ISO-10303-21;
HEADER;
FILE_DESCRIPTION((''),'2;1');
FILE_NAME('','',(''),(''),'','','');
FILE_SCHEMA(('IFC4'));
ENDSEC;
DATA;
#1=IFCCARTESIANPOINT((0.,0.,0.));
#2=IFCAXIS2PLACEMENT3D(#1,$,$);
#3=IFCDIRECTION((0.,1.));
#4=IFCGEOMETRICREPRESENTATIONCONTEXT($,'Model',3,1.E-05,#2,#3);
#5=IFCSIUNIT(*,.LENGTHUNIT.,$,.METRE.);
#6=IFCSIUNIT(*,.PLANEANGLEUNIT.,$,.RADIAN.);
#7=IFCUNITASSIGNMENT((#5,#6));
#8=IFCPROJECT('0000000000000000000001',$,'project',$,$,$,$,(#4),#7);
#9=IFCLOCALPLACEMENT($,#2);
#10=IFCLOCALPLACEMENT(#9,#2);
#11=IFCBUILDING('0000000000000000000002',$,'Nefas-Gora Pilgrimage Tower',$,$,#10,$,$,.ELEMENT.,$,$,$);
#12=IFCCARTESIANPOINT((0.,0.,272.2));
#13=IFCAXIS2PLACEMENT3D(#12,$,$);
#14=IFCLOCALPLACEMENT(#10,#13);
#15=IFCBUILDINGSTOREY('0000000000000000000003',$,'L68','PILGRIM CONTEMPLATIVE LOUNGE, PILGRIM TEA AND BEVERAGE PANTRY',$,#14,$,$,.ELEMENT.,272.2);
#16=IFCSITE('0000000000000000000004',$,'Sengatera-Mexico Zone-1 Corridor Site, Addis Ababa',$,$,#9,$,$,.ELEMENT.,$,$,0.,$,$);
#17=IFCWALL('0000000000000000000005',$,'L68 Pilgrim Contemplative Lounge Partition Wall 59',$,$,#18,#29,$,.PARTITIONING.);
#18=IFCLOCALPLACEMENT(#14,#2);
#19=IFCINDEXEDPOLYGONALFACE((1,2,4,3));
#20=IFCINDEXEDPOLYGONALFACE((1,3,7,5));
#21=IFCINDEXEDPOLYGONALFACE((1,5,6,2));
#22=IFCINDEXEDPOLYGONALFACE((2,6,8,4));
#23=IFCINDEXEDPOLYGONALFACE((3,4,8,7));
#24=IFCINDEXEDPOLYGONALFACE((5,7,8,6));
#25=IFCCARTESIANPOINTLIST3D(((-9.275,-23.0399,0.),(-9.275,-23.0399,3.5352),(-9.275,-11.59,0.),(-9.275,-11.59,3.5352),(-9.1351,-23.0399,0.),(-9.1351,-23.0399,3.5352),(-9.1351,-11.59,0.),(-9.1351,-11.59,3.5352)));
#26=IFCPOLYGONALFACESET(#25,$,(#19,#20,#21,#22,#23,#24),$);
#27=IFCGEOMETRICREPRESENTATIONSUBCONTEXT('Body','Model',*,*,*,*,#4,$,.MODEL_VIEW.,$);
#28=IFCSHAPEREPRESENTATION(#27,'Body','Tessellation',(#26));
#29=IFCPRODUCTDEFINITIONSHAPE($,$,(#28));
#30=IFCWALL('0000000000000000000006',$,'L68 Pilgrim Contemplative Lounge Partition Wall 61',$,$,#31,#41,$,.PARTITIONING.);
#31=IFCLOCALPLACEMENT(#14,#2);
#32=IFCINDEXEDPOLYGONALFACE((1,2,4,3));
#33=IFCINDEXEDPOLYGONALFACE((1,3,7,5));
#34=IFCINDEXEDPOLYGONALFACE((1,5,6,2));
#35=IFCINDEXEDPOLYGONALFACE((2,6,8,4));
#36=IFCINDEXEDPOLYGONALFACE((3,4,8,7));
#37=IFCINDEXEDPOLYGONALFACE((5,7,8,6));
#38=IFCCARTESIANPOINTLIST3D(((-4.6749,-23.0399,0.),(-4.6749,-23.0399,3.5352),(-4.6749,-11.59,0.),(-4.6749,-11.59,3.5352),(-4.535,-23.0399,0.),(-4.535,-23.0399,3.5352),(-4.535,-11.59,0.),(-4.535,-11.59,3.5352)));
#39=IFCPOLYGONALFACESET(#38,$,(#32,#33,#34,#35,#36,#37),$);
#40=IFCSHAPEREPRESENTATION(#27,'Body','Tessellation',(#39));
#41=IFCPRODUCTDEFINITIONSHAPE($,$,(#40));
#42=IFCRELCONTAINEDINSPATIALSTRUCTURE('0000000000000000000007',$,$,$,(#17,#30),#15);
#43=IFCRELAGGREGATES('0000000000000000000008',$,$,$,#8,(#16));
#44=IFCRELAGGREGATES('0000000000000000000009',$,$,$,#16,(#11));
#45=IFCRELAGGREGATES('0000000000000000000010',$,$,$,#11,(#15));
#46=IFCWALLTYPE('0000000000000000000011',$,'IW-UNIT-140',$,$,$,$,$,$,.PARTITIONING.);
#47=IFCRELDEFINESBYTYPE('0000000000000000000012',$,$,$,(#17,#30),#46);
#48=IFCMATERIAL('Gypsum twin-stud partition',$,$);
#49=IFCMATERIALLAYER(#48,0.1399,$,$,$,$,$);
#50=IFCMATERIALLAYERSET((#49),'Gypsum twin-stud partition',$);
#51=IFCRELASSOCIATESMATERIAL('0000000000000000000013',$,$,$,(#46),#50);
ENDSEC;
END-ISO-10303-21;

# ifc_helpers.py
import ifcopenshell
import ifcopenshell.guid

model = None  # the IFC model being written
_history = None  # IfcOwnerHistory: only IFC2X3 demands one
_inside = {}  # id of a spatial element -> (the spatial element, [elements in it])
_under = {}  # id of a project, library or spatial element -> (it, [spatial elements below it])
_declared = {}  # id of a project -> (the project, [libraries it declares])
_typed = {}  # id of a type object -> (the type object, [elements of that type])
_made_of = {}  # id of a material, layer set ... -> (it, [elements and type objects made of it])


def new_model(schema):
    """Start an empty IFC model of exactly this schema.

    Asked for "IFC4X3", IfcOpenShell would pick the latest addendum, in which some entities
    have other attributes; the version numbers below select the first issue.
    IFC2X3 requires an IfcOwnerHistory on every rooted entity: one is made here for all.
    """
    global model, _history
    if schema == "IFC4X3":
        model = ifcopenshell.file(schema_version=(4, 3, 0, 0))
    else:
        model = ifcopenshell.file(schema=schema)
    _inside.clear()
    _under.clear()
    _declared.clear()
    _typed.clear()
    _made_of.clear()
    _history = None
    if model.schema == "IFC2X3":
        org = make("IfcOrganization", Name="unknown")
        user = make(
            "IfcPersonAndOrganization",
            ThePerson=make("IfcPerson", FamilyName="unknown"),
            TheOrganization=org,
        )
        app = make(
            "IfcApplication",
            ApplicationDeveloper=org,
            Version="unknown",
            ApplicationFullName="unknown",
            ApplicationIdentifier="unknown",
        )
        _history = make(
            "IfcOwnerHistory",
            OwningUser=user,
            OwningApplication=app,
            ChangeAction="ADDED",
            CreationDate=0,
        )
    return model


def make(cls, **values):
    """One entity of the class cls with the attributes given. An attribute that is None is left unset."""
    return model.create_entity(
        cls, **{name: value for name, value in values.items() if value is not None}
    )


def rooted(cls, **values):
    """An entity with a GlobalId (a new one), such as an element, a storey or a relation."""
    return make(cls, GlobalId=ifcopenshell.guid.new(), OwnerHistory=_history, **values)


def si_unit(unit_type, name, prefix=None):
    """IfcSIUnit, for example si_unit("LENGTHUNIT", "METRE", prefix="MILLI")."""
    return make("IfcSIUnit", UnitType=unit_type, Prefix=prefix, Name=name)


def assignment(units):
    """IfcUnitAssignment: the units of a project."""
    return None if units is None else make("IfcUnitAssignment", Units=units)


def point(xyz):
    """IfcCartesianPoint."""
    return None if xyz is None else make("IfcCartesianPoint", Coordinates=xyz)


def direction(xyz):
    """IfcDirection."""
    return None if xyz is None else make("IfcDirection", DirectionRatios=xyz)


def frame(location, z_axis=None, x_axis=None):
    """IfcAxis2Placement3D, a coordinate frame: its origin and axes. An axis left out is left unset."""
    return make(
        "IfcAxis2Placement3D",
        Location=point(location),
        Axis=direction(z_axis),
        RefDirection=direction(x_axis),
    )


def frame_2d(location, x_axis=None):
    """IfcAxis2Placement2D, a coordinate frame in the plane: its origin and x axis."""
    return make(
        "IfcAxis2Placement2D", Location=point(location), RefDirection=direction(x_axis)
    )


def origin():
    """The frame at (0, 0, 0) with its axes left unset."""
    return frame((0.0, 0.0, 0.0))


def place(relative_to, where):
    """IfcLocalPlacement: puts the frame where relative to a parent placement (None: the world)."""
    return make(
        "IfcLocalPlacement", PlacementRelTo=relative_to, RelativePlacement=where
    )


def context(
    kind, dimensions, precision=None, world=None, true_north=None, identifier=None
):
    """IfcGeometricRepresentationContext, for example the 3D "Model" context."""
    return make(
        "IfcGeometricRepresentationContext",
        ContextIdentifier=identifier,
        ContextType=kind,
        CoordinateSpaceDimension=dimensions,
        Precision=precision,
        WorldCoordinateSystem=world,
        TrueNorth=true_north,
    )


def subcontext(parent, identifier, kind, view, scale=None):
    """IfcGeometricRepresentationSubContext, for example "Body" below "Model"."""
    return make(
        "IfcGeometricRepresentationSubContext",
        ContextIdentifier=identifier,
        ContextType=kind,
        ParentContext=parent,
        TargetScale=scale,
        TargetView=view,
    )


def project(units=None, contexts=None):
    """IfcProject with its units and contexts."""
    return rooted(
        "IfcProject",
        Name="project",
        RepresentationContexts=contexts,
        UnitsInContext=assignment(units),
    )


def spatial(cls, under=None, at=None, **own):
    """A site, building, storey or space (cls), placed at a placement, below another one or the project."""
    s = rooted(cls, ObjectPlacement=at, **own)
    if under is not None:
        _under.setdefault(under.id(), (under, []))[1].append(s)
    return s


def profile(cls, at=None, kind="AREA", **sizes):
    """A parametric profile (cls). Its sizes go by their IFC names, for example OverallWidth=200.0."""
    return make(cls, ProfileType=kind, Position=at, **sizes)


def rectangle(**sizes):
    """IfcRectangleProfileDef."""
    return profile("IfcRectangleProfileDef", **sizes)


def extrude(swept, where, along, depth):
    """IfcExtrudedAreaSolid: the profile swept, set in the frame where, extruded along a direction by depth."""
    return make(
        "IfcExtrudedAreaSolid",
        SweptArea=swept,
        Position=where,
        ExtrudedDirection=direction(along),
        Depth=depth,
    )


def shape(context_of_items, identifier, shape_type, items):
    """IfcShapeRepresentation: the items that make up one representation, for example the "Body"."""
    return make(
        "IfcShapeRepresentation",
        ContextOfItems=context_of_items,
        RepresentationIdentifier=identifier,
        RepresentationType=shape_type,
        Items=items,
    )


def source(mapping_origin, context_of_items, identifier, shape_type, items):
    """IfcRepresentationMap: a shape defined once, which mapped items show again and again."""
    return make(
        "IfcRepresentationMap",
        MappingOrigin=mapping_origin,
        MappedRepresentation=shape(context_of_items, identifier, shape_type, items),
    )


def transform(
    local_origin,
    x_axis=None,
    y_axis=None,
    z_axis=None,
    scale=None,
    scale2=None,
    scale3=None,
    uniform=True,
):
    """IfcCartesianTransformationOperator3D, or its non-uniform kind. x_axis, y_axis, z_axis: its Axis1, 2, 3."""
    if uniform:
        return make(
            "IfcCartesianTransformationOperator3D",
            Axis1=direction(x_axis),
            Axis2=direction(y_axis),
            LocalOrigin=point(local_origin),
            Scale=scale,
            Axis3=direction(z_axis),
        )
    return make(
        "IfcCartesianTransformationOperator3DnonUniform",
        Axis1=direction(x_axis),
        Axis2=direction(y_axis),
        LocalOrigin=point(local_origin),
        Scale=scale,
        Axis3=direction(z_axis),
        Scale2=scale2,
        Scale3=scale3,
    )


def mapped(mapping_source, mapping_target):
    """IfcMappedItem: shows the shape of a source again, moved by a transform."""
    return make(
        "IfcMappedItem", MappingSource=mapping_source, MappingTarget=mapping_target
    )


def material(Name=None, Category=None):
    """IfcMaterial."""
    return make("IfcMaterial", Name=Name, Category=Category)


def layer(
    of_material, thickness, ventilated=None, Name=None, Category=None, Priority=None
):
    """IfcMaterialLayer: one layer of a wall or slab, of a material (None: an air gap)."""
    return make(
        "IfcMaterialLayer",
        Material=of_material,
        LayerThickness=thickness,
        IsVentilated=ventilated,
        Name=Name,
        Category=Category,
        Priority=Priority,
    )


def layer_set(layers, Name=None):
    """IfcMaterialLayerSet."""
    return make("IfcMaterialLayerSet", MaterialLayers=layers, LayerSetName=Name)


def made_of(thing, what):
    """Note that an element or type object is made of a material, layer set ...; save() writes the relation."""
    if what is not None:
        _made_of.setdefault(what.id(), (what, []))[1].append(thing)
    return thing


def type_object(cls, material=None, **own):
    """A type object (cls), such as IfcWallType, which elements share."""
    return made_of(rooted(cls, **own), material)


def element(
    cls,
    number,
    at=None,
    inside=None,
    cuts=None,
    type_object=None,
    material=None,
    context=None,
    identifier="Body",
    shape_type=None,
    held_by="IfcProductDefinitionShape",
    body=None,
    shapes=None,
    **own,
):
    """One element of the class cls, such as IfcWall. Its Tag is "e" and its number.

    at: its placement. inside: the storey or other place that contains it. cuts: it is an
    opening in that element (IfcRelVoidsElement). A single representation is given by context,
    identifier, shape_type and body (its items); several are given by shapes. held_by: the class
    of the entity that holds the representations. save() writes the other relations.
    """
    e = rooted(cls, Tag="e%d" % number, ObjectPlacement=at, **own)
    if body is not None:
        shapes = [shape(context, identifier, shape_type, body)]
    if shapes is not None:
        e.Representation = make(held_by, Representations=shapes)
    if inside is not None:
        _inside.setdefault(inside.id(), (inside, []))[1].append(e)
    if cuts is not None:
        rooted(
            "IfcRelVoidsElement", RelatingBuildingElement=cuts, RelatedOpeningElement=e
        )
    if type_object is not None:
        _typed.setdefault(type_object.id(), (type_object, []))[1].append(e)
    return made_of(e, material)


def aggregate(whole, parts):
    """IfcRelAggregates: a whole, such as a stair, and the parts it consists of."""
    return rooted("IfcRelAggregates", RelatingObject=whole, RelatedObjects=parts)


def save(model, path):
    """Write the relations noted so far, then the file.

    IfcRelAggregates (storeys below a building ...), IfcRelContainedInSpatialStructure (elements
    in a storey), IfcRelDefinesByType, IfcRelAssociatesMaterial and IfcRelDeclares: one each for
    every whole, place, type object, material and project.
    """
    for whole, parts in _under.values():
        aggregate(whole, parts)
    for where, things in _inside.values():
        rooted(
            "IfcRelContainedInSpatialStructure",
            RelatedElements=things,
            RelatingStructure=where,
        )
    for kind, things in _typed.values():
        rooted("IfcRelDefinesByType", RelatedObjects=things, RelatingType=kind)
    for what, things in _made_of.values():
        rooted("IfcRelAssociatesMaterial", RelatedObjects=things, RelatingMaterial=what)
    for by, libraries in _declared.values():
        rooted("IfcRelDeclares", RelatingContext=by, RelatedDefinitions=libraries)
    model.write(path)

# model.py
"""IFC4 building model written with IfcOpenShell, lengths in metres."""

from ifc_helpers import new_model, si_unit, direction, frame, frame_2d, origin, place, context, subcontext, project, spatial, rectangle, extrude, source, transform, mapped, material, layer, layer_set, type_object, element, save


model = new_model("IFC4")

# Units and contexts
model_context = context("Model", 3, precision=1e-05, world=origin(), true_north=direction((0.0, 1.0)))
body_context = subcontext(model_context, "Body", "Model", "MODEL_VIEW")
ifc_project = project(units=[si_unit("LENGTHUNIT", "METRE"), si_unit("PLANEANGLEUNIT", "RADIAN")], contexts=[model_context])

# Site, building, storey
site_placement = place(None, origin())
site = spatial("IfcSite", under=ifc_project, at=site_placement, Name="Sengatera-Mexico Zone-1 Corridor Site, Addis Ababa", CompositionType="ELEMENT", RefElevation=0.0)
building_placement = place(site_placement, origin())
building = spatial("IfcBuilding", under=site, at=building_placement, Name="Nefas-Gora Pilgrimage Tower", CompositionType="ELEMENT")
storey_placement = place(building_placement, frame((0.0, 0.0, 272.2)))
storey = spatial("IfcBuildingStorey", under=building, at=storey_placement, Name="L68", Description="PILGRIM CONTEMPLATIVE LOUNGE, PILGRIM TEA AND BEVERAGE PANTRY", CompositionType="ELEMENT", Elevation=272.2)

# Walls
ifc_material_1 = material(Name="Gypsum twin-stud partition")
ifc_layer_1 = layer(ifc_material_1, 0.1399)
ifc_layer_set_1 = layer_set([ifc_layer_1], Name="Gypsum twin-stud partition")
wall_type_1 = type_object("IfcWallType", Name="IW-UNIT-140", PredefinedType="PARTITIONING", material=ifc_layer_set_1)
shared_shape_1 = source(origin(), body_context, "Body", "SweptSolid", [
    extrude(rectangle(XDim=11.45, YDim=0.1399, at=frame_2d((5.7251, 0.0))), origin(), (0.0, 0.0, 1.0), 3.5352),
])
for number, where, z_axis, x_axis, name in (
    (1, (-9.2051, -23.04, 0.0), (0.0, 0.0, 1.0), (0.0, 1.0, 0.0), "L68 Pilgrim Contemplative Lounge Partition Wall 59"),
    (2, (-4.605, -23.04, 0.0), (0.0, 0.0, 1.0), (0.0, 1.0, 0.0), "L68 Pilgrim Contemplative Lounge Partition Wall 61"),
):
    element("IfcWall", number, at=place(storey_placement, frame(where, z_axis=z_axis, x_axis=x_axis)), inside=storey, type_object=wall_type_1, Name=name, PredefinedType="PARTITIONING", context=body_context, shape_type="MappedRepresentation", body=[
        mapped(shared_shape_1, transform((0.0, 0.0, 0.0), x_axis=(1.0, 0.0, 0.0), y_axis=(0.0, 1.0, 0.0), z_axis=(0.0, 0.0, 1.0), scale=1.0)),
    ])

save(model, "model.ifc")
